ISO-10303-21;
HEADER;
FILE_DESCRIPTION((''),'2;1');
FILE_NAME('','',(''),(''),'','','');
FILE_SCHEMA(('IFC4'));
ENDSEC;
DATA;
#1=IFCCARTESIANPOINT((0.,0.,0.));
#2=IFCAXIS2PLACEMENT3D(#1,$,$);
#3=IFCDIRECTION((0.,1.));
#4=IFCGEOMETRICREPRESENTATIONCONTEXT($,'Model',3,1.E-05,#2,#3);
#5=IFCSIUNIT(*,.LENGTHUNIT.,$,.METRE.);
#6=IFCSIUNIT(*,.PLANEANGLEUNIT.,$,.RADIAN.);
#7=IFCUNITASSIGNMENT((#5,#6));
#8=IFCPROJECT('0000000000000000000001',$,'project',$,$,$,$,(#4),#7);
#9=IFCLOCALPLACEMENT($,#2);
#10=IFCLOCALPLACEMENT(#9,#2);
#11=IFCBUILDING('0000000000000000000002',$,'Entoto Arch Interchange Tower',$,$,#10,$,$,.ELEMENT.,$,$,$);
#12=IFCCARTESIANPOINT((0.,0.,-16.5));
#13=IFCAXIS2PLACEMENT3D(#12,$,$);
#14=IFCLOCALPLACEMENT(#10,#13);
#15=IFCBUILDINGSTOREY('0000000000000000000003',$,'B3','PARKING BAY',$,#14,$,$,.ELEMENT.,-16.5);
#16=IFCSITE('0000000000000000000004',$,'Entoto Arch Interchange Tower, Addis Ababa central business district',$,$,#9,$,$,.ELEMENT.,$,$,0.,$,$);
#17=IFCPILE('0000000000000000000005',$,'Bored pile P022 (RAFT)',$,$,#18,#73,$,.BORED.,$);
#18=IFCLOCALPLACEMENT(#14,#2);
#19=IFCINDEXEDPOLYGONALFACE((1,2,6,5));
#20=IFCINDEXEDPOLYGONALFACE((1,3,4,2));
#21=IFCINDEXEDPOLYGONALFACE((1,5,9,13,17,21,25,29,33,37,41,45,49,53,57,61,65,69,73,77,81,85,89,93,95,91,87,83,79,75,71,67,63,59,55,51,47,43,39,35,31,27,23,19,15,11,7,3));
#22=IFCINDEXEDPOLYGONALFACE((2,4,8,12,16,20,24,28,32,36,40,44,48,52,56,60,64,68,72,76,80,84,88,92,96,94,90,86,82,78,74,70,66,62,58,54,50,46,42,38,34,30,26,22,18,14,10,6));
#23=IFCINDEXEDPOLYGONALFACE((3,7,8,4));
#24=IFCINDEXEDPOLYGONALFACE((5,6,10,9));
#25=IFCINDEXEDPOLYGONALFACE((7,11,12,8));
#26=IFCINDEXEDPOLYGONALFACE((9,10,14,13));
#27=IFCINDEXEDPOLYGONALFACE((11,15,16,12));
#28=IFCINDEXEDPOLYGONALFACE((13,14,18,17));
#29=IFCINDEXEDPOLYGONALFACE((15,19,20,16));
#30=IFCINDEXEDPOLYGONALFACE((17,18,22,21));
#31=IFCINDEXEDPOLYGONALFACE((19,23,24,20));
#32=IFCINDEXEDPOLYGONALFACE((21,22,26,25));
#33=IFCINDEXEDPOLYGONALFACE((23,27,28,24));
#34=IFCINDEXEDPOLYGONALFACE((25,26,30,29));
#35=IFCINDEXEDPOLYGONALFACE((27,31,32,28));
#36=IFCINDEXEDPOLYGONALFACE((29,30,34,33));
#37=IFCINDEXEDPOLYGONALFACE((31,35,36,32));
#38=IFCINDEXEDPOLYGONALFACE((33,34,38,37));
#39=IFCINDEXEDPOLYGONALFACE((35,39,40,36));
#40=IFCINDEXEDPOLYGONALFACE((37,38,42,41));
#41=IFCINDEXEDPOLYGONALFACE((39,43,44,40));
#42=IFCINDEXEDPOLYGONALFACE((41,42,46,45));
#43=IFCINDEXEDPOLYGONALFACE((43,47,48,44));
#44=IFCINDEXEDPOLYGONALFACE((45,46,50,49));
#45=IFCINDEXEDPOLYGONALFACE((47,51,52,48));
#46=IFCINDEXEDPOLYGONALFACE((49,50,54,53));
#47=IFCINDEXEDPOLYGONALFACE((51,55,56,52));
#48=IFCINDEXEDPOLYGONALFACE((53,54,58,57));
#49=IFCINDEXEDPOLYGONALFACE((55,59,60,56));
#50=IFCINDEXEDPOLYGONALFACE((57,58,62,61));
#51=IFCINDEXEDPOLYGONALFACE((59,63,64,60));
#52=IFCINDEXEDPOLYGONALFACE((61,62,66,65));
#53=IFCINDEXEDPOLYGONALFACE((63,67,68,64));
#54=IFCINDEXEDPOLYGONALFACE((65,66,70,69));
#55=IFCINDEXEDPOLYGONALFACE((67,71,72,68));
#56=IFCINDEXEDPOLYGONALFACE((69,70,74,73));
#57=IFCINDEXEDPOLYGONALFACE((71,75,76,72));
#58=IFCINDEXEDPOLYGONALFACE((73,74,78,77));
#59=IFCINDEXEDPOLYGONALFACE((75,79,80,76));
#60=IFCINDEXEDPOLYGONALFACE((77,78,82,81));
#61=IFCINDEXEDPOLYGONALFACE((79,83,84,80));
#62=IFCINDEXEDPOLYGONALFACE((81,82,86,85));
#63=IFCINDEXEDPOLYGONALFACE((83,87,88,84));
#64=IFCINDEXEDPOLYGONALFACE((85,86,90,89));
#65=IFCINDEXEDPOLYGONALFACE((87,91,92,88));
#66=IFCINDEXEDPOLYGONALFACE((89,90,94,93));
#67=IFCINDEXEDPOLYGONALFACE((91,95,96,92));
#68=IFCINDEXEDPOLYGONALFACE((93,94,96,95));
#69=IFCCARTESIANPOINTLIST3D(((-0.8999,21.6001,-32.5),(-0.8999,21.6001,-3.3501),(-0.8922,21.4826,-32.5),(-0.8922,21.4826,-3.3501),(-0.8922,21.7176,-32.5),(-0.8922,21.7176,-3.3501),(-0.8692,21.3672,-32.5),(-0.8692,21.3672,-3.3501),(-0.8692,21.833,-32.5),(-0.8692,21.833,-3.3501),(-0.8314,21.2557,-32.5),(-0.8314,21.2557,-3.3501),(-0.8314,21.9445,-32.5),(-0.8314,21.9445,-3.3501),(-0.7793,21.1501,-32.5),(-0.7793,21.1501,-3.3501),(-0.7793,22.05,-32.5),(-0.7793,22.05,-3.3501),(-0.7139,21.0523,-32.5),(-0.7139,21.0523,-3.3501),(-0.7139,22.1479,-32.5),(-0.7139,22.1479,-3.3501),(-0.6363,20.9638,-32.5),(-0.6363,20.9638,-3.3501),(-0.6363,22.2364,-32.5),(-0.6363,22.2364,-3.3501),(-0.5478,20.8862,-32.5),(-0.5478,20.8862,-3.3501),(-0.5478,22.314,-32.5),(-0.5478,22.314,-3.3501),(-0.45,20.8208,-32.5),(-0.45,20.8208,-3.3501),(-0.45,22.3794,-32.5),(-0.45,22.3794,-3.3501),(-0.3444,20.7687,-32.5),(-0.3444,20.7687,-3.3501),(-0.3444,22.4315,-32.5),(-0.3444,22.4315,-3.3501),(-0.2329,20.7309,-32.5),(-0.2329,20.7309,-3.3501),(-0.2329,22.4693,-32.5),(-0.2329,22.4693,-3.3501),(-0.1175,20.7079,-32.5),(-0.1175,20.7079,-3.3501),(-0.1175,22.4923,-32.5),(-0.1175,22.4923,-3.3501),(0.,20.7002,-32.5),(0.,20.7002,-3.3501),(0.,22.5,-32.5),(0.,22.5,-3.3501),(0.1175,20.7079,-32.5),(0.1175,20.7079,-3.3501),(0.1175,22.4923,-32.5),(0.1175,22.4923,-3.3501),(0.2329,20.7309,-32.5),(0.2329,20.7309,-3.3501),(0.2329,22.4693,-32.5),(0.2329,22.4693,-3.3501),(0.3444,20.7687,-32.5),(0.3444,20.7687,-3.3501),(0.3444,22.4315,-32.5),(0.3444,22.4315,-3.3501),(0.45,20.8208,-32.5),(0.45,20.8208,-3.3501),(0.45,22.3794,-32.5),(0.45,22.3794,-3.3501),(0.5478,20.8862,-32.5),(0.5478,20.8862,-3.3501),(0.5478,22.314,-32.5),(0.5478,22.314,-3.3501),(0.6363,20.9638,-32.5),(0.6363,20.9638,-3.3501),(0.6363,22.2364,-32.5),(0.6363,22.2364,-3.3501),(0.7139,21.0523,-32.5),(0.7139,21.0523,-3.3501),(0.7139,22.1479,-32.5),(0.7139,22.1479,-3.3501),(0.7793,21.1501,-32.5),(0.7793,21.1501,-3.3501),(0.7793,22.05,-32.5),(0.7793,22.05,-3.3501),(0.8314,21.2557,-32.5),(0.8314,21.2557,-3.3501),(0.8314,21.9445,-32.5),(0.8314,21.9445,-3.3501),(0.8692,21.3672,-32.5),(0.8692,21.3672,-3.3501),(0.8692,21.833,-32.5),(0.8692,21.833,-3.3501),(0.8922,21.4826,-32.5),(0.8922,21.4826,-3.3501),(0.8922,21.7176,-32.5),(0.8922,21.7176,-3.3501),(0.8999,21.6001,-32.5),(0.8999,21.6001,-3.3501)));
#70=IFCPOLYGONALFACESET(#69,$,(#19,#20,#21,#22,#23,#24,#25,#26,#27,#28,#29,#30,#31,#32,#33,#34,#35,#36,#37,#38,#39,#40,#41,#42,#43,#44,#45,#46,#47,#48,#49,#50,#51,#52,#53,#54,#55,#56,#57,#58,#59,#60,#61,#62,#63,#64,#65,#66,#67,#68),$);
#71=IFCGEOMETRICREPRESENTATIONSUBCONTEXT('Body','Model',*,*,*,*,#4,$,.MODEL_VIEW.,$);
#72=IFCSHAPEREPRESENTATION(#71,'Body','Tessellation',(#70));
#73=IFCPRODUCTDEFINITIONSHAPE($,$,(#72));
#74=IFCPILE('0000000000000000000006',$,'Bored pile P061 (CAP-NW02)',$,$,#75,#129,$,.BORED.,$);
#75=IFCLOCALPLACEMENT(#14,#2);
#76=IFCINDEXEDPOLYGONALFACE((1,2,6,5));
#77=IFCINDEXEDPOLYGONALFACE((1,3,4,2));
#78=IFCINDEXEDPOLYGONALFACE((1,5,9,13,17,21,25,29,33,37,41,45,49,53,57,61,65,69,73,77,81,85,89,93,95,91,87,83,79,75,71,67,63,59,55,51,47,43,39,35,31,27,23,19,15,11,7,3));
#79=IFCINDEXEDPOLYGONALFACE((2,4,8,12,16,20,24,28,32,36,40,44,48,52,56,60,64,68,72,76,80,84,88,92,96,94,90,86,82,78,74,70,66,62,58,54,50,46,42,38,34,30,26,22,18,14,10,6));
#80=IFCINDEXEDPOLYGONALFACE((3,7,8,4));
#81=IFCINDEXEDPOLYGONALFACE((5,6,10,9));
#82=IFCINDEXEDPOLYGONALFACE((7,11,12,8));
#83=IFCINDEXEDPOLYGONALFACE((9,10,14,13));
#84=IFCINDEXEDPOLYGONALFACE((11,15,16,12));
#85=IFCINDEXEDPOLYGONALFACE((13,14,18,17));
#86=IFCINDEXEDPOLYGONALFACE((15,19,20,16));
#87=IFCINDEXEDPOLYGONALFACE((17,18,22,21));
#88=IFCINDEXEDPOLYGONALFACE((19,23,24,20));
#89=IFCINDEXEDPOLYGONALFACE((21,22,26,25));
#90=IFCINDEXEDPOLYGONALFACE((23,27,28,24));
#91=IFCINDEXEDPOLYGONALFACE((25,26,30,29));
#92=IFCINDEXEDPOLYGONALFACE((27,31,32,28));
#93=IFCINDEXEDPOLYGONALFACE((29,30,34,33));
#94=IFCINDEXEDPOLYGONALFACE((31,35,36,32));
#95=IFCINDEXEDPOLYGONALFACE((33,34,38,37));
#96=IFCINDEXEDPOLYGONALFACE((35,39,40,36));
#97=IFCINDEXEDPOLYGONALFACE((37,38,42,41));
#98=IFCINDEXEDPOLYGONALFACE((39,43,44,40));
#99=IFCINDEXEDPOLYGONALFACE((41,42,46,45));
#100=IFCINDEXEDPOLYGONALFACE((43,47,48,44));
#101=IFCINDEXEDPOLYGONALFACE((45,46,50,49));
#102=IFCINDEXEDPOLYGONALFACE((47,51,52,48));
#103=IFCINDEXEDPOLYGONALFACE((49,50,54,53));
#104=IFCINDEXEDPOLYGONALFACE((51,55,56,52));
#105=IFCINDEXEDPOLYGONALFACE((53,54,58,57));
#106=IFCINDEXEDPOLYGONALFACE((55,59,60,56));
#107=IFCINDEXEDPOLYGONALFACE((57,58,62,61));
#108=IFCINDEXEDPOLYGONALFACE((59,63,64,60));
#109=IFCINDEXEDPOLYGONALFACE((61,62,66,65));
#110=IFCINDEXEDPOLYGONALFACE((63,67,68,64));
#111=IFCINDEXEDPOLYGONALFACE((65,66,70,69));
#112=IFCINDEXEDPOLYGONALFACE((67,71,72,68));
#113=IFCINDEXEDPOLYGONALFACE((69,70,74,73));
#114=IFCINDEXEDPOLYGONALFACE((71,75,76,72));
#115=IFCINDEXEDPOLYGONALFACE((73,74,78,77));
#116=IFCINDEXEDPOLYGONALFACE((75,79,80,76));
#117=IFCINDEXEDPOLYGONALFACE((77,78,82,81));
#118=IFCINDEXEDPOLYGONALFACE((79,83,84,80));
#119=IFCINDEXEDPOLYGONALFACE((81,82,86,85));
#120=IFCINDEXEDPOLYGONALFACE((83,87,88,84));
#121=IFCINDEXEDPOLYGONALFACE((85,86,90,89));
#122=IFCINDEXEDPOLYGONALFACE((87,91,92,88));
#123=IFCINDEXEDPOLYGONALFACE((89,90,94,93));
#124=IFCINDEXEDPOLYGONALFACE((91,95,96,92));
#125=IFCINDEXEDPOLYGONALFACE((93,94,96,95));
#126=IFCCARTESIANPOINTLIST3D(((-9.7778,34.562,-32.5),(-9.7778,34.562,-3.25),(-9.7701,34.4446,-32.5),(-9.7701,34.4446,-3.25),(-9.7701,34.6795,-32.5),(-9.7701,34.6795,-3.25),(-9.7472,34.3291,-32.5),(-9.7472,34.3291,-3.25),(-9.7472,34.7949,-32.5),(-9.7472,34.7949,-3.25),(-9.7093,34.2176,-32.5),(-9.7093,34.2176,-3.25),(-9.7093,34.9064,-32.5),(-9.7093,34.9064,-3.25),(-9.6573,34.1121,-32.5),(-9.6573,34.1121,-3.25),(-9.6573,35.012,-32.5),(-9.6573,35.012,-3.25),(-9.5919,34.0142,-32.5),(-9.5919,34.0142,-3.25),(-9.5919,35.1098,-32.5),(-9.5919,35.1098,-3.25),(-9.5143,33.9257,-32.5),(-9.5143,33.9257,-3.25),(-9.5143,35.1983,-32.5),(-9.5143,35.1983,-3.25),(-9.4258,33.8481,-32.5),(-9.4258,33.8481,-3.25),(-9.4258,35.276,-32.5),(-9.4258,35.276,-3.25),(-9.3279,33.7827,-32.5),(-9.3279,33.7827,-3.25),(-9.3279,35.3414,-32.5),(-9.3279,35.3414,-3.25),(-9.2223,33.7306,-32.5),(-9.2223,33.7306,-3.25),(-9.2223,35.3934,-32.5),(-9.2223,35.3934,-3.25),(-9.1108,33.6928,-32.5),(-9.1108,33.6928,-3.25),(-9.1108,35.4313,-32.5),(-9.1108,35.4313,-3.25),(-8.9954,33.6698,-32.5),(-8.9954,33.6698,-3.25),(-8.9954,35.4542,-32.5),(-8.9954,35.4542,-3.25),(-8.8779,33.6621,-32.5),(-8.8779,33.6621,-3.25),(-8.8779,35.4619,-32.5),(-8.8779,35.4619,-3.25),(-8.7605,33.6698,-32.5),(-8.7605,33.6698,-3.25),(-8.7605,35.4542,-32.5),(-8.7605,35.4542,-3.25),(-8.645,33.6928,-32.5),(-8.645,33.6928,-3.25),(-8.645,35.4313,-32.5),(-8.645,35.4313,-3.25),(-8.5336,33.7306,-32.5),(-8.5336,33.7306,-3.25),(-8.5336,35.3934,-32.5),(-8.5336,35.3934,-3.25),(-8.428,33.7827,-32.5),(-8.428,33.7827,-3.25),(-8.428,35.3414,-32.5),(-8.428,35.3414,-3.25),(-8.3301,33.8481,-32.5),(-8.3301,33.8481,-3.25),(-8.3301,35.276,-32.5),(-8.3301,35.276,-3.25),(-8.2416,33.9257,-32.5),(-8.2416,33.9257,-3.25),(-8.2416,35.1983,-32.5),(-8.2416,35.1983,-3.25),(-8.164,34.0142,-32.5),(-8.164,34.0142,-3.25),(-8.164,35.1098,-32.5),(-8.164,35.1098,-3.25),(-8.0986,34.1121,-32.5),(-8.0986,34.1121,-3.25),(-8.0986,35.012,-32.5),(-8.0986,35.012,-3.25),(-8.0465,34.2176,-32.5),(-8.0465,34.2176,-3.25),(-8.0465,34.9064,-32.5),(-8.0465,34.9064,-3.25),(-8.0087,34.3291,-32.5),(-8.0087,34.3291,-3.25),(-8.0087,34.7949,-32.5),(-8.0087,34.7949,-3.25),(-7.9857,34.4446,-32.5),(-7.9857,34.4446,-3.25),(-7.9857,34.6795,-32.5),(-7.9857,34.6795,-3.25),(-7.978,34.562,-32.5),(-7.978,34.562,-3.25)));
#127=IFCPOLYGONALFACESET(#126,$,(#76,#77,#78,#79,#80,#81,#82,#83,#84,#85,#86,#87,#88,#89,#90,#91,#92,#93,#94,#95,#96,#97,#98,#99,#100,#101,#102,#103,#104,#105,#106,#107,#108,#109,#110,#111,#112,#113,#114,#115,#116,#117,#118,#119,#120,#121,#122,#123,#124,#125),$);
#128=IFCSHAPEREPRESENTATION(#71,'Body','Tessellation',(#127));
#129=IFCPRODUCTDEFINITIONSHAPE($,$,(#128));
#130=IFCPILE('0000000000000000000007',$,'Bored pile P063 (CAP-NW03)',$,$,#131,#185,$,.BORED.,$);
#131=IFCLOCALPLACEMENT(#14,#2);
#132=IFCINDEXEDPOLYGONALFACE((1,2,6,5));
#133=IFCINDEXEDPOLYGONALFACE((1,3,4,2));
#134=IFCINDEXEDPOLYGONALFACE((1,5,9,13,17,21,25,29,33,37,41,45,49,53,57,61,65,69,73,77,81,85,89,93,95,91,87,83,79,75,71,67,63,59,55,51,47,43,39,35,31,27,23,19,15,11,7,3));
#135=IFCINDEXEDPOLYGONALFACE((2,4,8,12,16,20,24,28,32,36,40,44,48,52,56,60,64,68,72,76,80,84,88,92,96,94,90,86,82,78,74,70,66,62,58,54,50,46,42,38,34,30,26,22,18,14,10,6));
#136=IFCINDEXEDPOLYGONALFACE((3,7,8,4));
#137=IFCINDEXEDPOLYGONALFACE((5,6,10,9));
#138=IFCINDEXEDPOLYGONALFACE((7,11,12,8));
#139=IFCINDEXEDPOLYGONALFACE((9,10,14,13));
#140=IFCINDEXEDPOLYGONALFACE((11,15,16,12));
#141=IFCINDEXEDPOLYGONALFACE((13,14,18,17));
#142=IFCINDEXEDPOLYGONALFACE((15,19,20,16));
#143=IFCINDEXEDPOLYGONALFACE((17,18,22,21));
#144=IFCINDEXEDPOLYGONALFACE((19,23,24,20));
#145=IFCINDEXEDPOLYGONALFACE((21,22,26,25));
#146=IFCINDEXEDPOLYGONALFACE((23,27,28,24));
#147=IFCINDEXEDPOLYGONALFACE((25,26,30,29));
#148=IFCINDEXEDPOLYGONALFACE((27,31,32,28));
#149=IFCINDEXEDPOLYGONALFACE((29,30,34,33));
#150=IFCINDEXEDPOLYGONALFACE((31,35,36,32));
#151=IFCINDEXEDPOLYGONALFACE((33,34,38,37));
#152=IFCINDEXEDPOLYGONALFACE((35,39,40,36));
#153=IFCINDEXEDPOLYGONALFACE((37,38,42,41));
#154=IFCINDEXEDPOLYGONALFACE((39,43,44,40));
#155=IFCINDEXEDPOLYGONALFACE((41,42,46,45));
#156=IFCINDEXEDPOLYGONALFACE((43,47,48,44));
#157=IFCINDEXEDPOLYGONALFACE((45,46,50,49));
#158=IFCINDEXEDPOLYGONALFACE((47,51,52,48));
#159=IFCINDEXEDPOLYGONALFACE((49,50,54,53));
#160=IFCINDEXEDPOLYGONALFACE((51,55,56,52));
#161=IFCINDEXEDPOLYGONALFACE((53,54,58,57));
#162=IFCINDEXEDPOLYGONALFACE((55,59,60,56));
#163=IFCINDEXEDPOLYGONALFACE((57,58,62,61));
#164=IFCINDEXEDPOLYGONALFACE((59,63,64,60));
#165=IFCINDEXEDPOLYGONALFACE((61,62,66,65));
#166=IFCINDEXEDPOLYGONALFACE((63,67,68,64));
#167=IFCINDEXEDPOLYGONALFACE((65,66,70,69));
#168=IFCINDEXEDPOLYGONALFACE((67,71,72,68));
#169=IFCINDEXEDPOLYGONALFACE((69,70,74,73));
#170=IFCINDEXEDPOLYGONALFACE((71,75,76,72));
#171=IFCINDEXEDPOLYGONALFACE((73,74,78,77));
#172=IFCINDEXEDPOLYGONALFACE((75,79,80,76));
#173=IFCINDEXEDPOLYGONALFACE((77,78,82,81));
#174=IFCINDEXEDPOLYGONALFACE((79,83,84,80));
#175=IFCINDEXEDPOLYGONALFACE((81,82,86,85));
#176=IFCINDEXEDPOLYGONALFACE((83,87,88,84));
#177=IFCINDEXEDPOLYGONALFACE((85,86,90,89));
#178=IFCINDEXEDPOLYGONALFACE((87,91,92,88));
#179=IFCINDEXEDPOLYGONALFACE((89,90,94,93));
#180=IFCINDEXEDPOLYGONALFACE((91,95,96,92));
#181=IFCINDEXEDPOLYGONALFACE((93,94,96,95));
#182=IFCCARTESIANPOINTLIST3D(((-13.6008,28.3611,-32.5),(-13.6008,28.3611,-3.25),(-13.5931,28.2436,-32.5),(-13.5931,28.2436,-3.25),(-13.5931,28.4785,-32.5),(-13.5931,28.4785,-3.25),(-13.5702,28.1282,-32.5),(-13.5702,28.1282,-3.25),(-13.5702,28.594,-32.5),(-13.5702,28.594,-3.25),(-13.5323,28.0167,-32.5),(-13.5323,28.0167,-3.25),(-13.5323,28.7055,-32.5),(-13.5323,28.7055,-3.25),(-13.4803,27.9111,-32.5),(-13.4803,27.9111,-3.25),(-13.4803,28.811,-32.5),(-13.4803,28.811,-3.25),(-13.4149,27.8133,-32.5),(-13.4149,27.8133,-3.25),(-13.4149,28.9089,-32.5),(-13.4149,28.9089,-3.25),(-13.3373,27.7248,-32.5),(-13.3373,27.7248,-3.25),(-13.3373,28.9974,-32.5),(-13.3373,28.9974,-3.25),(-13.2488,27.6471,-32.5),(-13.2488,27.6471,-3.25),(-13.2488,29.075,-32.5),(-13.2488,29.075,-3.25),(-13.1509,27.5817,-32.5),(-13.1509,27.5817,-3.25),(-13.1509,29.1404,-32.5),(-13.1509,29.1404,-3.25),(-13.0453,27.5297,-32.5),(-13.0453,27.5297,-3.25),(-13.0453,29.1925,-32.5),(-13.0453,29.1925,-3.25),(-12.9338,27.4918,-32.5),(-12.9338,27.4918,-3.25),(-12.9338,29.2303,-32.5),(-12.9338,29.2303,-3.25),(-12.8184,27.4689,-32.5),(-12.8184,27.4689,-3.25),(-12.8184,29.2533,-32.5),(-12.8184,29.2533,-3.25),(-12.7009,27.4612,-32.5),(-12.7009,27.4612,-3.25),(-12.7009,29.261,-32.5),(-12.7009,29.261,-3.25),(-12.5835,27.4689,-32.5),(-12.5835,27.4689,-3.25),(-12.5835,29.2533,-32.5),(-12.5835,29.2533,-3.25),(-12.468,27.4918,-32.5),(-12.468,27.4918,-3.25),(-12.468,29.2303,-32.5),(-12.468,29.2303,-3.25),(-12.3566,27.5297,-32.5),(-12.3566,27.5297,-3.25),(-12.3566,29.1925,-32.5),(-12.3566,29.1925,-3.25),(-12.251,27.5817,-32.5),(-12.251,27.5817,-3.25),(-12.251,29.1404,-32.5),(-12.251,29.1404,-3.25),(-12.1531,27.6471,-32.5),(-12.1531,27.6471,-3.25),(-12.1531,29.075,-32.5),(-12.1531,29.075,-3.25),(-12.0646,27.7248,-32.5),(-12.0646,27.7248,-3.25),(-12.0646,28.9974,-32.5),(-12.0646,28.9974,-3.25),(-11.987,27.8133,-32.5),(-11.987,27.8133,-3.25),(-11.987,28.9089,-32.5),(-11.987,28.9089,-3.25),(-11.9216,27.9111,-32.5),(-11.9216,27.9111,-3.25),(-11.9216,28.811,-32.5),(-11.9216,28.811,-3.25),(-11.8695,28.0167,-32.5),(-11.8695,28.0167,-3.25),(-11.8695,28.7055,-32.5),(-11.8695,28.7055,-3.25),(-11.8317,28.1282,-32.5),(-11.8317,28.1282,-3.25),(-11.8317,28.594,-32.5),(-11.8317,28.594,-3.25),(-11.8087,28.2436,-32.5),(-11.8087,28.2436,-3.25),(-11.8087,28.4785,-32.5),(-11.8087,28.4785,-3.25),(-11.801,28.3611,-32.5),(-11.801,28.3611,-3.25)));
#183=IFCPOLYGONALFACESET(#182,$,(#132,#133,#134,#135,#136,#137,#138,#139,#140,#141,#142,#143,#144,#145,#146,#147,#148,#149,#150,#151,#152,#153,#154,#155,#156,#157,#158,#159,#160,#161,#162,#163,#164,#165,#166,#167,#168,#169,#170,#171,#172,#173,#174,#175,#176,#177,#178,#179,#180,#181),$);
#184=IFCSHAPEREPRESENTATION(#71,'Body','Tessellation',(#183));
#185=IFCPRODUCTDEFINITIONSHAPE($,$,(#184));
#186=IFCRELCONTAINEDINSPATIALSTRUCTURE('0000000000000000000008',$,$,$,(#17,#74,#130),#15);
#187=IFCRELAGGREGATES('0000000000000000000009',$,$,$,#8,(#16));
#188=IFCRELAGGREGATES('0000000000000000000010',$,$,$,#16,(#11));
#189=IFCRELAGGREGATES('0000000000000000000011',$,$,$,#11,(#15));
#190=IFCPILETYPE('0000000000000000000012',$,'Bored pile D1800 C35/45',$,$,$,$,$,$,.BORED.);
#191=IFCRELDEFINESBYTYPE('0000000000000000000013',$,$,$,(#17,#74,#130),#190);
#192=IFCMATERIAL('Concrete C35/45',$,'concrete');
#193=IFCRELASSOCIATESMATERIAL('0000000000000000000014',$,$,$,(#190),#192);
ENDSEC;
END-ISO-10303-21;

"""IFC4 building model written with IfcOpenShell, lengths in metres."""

from ifc_helpers import new_model, si_unit, direction, frame, origin, origin_2d, place, context, subcontext, project, spatial, circle, extrude, material, material_profile, profile_set, type_object, element, save


model = new_model("IFC4")

# Units and contexts
model_context = context("Model", 3, precision=1e-05, world=origin(), true_north=direction((0.0, 1.0)))
body_context = subcontext(model_context, "Body", "Model", "MODEL_VIEW")
ifc_project = project(units=[si_unit("LENGTHUNIT", "METRE"), si_unit("PLANEANGLEUNIT", "RADIAN")], contexts=[model_context])

# Site, building, storey
site_placement = place(None, origin())
site = spatial("IfcSite", under=ifc_project, at=site_placement, Name="Entoto Arch Interchange Tower, Addis Ababa central business district", CompositionType="ELEMENT", RefElevation=0.0)
building_placement = place(site_placement, origin())
building = spatial("IfcBuilding", under=site, at=building_placement, Name="Entoto Arch Interchange Tower", CompositionType="ELEMENT")
storey_placement = place(building_placement, frame((0.0, 0.0, -16.5)))
storey = spatial("IfcBuildingStorey", under=building, at=storey_placement, Name="B3", Description="PARKING BAY", CompositionType="ELEMENT", Elevation=-16.5)

# Piles
ifc_material_1 = material(Name="Concrete C35/45", Category="concrete")
ifc_material_profile_1 = material_profile(ifc_material_1, circle(Radius=0.8999, at=origin_2d()))
ifc_profile_set_1 = profile_set([ifc_material_profile_1], Name="Concrete C35/45")
pile_type = type_object("IfcPileType", Name="Bored pile D1800 C35/45", PredefinedType="BORED", material=ifc_profile_set_1)
for number, where, z_axis, x_axis, name in (
    (1, (0.0, 21.6001, -3.3501), (0.0, 0.0, -1.0), (1.0, 0.0, 0.0), "Bored pile P022 (RAFT)"),
):
    element("IfcPile", number, at=place(storey_placement, frame(where, z_axis=z_axis, x_axis=x_axis)), inside=storey, type_object=pile_type, Name=name, PredefinedType="BORED", context=body_context, shape_type="SweptSolid", body=[
        extrude(circle(Radius=0.8999, at=origin_2d()), origin(), (0.0, 0.0, 1.0), 29.1499),
    ])
for number, where, z_axis, x_axis, name in (
    (2, (-8.8779, 34.562, -3.25), (0.0, 0.0, -1.0), (1.0, 0.0, 0.0), "Bored pile P061 (CAP-NW02)"),
    (3, (-12.7009, 28.3611, -3.25), (0.0, 0.0, -1.0), (1.0, 0.0, 0.0), "Bored pile P063 (CAP-NW03)"),
):
    element("IfcPile", number, at=place(storey_placement, frame(where, z_axis=z_axis, x_axis=x_axis)), inside=storey, type_object=pile_type, Name=name, PredefinedType="BORED", context=body_context, shape_type="SweptSolid", body=[
        extrude(circle(Radius=0.8999, at=origin_2d()), origin(), (0.0, 0.0, 1.0), 29.25),
    ])

save(model, "model.ifc")
